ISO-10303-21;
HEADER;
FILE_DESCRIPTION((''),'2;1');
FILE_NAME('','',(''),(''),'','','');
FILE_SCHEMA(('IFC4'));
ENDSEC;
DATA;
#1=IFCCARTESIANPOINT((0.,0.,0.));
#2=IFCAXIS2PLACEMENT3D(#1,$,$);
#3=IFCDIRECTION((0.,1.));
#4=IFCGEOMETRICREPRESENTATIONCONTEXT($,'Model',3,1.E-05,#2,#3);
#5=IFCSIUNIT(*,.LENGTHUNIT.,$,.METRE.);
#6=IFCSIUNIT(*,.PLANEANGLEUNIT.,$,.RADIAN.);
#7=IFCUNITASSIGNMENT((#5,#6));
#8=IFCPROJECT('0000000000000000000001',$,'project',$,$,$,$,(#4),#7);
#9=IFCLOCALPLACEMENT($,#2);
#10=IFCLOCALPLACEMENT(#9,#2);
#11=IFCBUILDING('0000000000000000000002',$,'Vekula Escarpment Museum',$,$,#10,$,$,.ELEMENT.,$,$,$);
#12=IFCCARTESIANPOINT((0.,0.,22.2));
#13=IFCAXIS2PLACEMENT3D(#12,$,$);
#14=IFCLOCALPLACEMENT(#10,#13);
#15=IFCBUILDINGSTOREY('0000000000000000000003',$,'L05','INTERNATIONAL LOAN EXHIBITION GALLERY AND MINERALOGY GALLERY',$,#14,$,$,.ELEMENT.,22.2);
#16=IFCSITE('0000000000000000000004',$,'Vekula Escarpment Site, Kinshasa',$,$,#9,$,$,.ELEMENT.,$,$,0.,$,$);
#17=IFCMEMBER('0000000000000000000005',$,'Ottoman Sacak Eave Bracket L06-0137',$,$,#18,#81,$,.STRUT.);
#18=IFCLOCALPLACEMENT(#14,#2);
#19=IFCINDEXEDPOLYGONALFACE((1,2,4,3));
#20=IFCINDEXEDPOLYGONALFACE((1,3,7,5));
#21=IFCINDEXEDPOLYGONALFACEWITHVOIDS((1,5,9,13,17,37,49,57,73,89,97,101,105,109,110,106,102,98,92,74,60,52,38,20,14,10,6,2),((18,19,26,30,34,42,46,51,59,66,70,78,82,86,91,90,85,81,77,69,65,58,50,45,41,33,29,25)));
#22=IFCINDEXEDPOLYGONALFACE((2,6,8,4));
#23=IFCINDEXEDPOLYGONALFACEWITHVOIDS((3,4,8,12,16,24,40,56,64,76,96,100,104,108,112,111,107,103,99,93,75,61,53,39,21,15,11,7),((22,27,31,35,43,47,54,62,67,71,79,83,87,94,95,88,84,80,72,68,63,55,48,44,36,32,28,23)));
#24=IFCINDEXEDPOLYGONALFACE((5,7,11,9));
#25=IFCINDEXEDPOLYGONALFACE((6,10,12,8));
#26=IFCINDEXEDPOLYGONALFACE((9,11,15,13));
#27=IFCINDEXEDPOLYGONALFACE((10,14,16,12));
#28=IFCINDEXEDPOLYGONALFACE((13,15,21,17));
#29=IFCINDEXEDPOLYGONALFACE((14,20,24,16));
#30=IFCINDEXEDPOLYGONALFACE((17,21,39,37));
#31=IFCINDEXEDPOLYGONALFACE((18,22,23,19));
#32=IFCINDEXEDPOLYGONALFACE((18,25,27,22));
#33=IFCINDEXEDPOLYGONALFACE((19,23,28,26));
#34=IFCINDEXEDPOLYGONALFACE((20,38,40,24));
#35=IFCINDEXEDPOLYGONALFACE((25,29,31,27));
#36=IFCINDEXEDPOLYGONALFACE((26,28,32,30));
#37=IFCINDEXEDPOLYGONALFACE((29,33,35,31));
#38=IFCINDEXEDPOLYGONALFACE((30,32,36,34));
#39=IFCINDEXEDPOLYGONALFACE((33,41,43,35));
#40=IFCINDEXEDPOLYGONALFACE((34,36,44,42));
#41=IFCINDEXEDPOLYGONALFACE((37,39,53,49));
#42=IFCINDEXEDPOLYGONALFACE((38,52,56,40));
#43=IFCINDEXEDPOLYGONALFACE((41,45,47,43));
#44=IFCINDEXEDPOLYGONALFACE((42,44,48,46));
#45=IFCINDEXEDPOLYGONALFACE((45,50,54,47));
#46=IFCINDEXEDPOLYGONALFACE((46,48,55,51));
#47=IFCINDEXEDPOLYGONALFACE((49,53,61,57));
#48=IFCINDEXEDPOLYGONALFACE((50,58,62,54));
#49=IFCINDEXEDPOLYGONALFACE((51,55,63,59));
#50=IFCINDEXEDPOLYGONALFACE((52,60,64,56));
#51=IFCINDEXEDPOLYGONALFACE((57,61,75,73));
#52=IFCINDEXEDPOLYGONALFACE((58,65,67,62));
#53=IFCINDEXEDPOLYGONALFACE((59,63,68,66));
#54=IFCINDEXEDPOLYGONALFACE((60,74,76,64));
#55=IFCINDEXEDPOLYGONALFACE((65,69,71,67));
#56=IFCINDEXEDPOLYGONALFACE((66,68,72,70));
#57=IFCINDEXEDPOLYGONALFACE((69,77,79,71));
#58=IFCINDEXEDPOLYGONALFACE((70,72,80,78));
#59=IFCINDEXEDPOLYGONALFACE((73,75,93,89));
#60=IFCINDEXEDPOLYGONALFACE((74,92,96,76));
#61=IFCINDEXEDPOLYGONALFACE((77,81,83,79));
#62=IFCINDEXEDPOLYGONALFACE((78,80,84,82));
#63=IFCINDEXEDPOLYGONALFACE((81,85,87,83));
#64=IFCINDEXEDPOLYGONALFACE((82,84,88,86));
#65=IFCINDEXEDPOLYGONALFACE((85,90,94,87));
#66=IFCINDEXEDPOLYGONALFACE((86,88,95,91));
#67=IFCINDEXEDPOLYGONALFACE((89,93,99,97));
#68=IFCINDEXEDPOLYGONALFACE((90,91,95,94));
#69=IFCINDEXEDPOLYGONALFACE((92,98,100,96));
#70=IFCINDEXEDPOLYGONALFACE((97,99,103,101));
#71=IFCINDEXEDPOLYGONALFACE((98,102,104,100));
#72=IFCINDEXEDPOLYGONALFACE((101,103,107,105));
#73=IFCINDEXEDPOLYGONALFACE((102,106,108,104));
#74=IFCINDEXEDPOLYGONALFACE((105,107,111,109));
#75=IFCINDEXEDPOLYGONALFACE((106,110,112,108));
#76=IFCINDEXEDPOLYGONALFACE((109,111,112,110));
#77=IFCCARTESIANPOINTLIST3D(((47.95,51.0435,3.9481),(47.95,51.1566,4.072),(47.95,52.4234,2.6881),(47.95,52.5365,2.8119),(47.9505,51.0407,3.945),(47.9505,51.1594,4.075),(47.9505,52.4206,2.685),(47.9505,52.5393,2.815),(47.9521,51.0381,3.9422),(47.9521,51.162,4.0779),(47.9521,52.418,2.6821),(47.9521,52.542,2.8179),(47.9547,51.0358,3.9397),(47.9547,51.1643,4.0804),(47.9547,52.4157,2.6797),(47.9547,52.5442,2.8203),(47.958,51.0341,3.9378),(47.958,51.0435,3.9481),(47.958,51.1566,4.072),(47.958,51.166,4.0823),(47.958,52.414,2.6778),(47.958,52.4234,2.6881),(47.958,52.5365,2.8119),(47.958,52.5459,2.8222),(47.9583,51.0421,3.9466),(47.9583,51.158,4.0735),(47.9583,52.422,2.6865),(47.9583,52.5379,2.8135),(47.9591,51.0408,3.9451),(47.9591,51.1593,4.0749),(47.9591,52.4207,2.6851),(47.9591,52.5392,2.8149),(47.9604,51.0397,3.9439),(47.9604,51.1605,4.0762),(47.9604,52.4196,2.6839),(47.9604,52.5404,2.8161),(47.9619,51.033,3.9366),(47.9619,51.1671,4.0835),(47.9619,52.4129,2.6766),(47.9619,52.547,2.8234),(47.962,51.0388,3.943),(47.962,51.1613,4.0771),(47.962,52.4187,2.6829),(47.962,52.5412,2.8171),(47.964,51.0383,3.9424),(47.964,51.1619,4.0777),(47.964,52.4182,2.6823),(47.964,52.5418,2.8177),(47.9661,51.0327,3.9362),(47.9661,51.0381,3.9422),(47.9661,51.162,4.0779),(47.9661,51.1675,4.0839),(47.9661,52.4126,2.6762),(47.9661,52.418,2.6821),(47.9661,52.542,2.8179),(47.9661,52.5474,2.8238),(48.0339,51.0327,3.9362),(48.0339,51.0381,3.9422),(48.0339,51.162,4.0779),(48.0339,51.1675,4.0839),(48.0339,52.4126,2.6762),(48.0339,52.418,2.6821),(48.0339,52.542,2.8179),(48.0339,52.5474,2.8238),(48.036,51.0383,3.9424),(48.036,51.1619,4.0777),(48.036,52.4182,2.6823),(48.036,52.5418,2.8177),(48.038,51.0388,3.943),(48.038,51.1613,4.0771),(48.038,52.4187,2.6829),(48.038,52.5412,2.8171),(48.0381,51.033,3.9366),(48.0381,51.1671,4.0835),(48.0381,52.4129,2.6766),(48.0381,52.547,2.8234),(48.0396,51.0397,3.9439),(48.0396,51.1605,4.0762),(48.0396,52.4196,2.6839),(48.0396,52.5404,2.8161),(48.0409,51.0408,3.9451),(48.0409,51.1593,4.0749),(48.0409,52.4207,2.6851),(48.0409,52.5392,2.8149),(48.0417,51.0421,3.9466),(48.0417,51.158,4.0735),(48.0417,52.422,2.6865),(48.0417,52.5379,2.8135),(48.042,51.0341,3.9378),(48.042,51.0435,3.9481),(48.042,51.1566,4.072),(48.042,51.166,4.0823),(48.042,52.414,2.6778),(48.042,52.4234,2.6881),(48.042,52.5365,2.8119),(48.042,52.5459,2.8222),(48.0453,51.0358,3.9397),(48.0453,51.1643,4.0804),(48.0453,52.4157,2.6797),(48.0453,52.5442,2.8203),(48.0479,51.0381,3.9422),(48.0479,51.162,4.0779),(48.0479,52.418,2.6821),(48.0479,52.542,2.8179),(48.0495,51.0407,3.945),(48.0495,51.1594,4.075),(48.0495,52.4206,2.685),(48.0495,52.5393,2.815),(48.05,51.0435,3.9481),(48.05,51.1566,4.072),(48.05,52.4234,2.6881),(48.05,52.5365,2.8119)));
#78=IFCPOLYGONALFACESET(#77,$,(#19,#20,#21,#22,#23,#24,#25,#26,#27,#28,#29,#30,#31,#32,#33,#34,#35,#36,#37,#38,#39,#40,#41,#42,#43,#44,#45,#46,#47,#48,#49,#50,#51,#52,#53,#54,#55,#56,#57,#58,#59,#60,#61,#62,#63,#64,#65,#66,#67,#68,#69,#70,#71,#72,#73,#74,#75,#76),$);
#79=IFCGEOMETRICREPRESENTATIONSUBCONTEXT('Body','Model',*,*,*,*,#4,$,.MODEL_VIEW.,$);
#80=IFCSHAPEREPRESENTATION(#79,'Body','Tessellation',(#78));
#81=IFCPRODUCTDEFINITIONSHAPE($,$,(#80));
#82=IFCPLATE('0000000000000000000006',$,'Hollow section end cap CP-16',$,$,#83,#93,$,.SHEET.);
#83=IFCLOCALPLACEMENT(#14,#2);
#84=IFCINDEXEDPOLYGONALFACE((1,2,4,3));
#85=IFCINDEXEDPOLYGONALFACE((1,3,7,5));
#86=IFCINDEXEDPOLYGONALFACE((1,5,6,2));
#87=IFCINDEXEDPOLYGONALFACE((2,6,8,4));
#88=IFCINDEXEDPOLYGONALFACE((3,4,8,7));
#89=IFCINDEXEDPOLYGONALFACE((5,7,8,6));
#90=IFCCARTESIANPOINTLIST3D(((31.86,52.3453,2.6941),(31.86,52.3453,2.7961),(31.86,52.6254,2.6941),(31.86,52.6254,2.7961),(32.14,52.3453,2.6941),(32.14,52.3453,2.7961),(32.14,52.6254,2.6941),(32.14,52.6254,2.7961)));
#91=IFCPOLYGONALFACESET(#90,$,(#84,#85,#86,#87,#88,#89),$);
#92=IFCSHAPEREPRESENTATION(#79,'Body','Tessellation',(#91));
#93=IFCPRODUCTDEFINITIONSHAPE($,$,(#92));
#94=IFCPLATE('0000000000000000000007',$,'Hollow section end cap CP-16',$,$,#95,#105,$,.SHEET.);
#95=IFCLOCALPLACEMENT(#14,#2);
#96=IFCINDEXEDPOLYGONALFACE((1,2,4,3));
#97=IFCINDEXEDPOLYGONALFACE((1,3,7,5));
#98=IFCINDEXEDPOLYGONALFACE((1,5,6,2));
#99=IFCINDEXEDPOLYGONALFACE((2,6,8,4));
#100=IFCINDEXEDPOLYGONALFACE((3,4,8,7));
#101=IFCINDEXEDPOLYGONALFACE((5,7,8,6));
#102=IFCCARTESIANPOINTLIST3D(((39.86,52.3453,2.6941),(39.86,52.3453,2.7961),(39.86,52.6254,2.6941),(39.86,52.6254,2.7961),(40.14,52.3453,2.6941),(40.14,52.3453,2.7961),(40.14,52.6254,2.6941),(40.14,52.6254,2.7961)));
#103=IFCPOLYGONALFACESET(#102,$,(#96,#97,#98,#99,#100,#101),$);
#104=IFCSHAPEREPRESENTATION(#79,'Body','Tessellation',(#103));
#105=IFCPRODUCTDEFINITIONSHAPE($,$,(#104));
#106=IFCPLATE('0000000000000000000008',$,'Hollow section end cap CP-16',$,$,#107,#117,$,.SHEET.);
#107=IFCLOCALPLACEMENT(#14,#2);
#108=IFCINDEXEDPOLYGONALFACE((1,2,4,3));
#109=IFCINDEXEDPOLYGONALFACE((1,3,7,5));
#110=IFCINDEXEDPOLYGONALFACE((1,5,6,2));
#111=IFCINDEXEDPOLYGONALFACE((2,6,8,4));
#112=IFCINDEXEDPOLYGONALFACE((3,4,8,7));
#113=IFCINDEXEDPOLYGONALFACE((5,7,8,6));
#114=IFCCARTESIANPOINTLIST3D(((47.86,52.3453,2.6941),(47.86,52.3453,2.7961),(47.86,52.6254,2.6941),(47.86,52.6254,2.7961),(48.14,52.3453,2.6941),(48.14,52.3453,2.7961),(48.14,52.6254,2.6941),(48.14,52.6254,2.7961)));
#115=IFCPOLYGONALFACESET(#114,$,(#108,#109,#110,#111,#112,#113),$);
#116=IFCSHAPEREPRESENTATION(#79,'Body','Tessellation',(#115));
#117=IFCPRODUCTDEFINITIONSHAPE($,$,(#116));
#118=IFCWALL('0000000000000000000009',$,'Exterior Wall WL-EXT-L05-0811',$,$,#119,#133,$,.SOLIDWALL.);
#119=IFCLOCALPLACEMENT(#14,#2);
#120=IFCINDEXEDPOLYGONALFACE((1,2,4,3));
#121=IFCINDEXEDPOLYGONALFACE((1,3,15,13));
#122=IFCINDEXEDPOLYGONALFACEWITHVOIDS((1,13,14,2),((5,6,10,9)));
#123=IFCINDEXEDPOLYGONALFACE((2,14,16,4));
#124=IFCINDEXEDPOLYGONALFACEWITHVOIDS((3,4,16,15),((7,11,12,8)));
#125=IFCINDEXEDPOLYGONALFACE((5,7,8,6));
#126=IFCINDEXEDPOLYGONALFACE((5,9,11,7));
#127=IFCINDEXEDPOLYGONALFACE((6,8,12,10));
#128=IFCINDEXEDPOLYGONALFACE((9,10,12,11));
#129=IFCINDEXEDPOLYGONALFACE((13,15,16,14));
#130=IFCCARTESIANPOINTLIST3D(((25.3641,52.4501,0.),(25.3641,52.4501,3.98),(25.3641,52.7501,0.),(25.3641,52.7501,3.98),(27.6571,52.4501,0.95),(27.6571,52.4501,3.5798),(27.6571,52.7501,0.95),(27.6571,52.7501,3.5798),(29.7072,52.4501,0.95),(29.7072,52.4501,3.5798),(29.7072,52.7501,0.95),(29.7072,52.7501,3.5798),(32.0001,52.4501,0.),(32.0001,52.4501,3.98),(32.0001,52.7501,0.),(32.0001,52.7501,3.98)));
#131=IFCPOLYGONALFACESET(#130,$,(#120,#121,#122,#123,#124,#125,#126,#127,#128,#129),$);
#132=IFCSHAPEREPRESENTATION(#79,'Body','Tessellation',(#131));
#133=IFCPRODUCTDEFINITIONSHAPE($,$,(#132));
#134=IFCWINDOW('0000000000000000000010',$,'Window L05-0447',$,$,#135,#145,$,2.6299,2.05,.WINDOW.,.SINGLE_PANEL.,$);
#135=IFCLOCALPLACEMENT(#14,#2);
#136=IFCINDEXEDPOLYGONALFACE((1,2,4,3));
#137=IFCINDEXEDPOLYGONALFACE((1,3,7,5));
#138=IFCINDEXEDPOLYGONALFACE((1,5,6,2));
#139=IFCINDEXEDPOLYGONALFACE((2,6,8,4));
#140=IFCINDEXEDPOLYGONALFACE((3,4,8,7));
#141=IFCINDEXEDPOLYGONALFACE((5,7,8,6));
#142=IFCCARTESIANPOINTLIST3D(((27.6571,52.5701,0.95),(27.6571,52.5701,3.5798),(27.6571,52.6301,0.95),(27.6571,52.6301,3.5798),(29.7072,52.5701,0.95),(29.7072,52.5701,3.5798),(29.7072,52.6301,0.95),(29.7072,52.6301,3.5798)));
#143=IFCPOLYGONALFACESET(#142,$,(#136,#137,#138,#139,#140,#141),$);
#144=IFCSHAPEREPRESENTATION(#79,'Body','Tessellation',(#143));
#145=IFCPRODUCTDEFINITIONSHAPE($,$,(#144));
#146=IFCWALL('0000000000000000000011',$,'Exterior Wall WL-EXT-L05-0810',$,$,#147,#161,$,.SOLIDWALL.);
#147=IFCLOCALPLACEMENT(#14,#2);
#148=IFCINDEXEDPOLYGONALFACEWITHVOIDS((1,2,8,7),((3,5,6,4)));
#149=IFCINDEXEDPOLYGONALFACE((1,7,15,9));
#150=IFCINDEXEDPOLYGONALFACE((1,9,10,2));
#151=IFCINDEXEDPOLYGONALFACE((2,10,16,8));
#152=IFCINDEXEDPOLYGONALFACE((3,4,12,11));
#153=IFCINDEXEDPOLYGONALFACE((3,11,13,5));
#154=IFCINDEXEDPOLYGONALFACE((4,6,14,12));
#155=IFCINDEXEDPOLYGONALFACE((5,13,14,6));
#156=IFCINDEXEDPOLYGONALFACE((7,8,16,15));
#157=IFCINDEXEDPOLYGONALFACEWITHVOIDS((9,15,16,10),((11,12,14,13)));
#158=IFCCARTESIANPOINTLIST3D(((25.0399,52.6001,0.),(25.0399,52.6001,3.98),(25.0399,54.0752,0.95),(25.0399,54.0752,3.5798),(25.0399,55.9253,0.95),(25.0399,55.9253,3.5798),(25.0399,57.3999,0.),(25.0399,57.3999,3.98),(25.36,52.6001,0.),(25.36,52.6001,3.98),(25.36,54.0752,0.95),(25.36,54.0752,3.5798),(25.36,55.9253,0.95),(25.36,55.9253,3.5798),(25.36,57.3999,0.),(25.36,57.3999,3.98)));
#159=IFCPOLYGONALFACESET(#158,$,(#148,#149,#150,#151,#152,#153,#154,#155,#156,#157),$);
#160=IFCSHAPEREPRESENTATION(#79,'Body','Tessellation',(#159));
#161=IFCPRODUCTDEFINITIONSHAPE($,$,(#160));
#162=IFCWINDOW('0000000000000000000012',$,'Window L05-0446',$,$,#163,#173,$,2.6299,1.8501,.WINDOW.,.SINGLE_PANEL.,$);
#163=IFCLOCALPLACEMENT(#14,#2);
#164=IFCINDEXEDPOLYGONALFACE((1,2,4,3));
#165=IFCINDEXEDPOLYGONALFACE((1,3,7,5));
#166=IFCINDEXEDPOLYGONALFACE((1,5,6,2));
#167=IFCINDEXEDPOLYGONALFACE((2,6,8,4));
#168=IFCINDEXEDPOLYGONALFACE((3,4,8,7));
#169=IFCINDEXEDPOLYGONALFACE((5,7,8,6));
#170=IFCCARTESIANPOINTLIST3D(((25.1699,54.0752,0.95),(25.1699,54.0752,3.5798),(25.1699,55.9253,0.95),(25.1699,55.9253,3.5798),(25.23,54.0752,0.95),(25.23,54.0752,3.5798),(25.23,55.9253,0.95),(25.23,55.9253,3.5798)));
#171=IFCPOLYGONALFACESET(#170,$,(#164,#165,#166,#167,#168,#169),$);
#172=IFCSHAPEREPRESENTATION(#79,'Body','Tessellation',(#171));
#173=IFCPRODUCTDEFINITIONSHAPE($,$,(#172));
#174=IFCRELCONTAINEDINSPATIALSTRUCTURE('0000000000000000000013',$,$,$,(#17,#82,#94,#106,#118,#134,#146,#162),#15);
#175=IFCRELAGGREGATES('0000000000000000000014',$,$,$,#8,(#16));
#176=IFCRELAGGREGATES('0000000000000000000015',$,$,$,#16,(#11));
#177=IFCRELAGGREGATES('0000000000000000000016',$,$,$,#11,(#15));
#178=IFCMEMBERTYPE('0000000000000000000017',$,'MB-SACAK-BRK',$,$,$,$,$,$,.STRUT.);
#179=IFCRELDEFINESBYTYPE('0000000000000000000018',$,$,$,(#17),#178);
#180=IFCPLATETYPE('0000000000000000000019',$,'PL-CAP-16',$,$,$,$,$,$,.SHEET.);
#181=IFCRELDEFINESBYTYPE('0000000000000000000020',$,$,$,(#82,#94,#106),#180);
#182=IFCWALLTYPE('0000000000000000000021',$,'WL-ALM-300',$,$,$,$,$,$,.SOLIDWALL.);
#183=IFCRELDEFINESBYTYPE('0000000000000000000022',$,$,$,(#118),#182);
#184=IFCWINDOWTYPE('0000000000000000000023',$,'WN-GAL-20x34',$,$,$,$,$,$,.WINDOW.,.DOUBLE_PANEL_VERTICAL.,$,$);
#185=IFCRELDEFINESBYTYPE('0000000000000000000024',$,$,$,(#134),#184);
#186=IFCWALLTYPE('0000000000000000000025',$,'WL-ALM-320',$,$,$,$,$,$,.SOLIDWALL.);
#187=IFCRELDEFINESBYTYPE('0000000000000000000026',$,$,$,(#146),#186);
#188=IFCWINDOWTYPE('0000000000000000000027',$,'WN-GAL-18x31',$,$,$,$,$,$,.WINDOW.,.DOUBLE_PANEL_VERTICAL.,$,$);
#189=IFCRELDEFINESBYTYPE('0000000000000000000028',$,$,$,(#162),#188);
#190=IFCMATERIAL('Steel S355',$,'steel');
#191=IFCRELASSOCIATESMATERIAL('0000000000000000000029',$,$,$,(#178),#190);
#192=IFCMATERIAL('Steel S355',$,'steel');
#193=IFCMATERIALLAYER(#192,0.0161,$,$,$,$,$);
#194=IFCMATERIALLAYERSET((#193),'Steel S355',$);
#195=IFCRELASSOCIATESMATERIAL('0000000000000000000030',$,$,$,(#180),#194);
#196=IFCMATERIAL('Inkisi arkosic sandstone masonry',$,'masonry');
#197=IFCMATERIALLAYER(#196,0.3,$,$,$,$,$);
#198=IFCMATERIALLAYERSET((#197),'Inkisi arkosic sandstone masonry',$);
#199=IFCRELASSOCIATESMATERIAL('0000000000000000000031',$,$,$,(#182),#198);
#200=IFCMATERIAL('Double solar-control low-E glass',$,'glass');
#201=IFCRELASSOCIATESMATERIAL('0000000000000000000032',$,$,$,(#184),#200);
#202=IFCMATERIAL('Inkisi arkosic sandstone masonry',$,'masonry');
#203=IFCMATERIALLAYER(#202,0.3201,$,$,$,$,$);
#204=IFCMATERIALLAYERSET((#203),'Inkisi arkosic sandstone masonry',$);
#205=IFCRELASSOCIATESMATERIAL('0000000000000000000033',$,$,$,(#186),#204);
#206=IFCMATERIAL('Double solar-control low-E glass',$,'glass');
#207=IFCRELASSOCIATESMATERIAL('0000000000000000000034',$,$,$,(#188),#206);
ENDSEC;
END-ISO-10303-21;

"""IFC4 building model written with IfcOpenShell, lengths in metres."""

from ifc_helpers import new_model, si_unit, direction, frame, frame_2d, origin, origin_2d, place, context, subcontext, project, spatial, rectangle, hollow_rectangle, extrude, material, layer, layer_set, material_profile, profile_set, type_object, element, fill, save


model = new_model("IFC4")

# Units and contexts
model_context = context("Model", 3, precision=1e-05, world=origin(), true_north=direction((0.0, 1.0)))
body_context = subcontext(model_context, "Body", "Model", "MODEL_VIEW")
ifc_project = project(units=[si_unit("LENGTHUNIT", "METRE"), si_unit("PLANEANGLEUNIT", "RADIAN")], contexts=[model_context])

# Site, building, storey
site_placement = place(None, origin())
site = spatial("IfcSite", under=ifc_project, at=site_placement, Name="Vekula Escarpment Site, Kinshasa", CompositionType="ELEMENT", RefElevation=0.0)
building_placement = place(site_placement, origin())
building = spatial("IfcBuilding", under=site, at=building_placement, Name="Vekula Escarpment Museum", CompositionType="ELEMENT")
storey_placement = place(building_placement, frame((0.0, 0.0, 22.2)))
storey = spatial("IfcBuildingStorey", under=building, at=storey_placement, Name="L05", Description="INTERNATIONAL LOAN EXHIBITION GALLERY AND MINERALOGY GALLERY", CompositionType="ELEMENT", Elevation=22.2)

# Member
ifc_material_1 = material(Name="Steel S355", Category="steel")
ifc_material_profile_1 = material_profile(ifc_material_1, hollow_rectangle(XDim=0.1001, YDim=0.2, WallThickness=0.0081, InnerFilletRadius=0.0081, OuterFilletRadius=0.0161, at=origin_2d()), Name="RHS 200x100x8")
ifc_profile_set_1 = profile_set([ifc_material_profile_1], Name="Steel S355")
member_type = type_object("IfcMemberType", Name="MB-SACAK-BRK", PredefinedType="STRUT", material=ifc_profile_set_1)
member_placement = place(storey_placement, frame((48.0, 52.48, 2.75), z_axis=(0.0, -0.738454, 0.674303), x_axis=(1.0, 0.0, 0.0)))
element("IfcMember", 1, at=member_placement, inside=storey, type_object=member_type, Name="Ottoman Sacak Eave Bracket L06-0137", PredefinedType="STRUT", context=body_context, shape_type="SweptSolid", body=[
    extrude(hollow_rectangle(XDim=0.1001, YDim=0.2, WallThickness=0.0081, InnerFilletRadius=0.0081, OuterFilletRadius=0.0161, at=origin_2d()), origin(), (0.0, 0.0, 1.0), 1.8687),
])

# Plates
ifc_material_2 = material(Name="Steel S355", Category="steel")
ifc_layer_1 = layer(ifc_material_2, 0.0161)
ifc_layer_set_1 = layer_set([ifc_layer_1], Name="Steel S355")
plate_type = type_object("IfcPlateType", Name="PL-CAP-16", PredefinedType="SHEET", material=ifc_layer_set_1)
for number, where, z_axis, x_axis, name in (
    (2, (32.0, 52.4854, 2.6941), (0.0, 0.0, 1.0), (1.0, 0.0, 0.0), "Hollow section end cap CP-16"),
    (3, (40.0, 52.4854, 2.6941), (0.0, 0.0, 1.0), (1.0, 0.0, 0.0), "Hollow section end cap CP-16"),
    (4, (48.0, 52.4854, 2.6941), (0.0, 0.0, 1.0), (1.0, 0.0, 0.0), "Hollow section end cap CP-16"),
):
    element("IfcPlate", number, at=place(storey_placement, frame(where, z_axis=z_axis, x_axis=x_axis)), inside=storey, type_object=plate_type, Name=name, PredefinedType="SHEET", context=body_context, shape_type="SweptSolid", body=[
        extrude(rectangle(XDim=0.28, YDim=0.28, at=origin_2d()), origin(), (0.0, 0.0, 1.0), 0.1021),
    ])

# Walls, openings, windows
ifc_material_3 = material(Name="Inkisi arkosic sandstone masonry", Category="masonry")
ifc_layer_2 = layer(ifc_material_3, 0.3)
ifc_layer_set_2 = layer_set([ifc_layer_2], Name="Inkisi arkosic sandstone masonry")
wall_type_1 = type_object("IfcWallType", Name="WL-ALM-300", PredefinedType="SOLIDWALL", material=ifc_layer_set_2)
wall_1_placement = place(storey_placement, frame((32.0, 52.6001, 0.0), z_axis=(0.0, 0.0, 1.0), x_axis=(-1.0, 0.0, 0.0)))
wall_1 = element("IfcWall", 5, at=wall_1_placement, inside=storey, type_object=wall_type_1, Name="Exterior Wall WL-EXT-L05-0811", PredefinedType="SOLIDWALL", context=body_context, shape_type="SweptSolid", body=[
    extrude(rectangle(XDim=6.636, YDim=0.3, at=frame_2d((3.3179, 0.0))), origin(), (0.0, 0.0, 1.0), 3.98),
])
opening_1_placement = place(wall_1_placement, frame((2.293, 0.0, 0.95)))
opening_1 = element("IfcOpeningElement", 6, at=opening_1_placement, cuts=wall_1, PredefinedType="OPENING", context=body_context, shape_type="SweptSolid", body=[
    extrude(rectangle(XDim=2.05, YDim=2.6299, at=frame_2d((1.0249, 1.3149))), frame((0.0, 0.1599, 0.0), z_axis=(0.0, -1.0, 0.0), x_axis=(1.0, 0.0, 0.0)), (0.0, 0.0, 1.0), 0.3201),
])
ifc_material_4 = material(Name="Double solar-control low-E glass", Category="glass")
window_type_1 = type_object("IfcWindowType", Name="WN-GAL-20x34", PartitioningType="DOUBLE_PANEL_VERTICAL", PredefinedType="WINDOW", material=ifc_material_4)
window_1_placement = place(opening_1_placement, origin())
window_1 = element("IfcWindow", 7, at=window_1_placement, inside=storey, type_object=window_type_1, Name="Window L05-0447", OverallHeight=2.6299, OverallWidth=2.05, PartitioningType="SINGLE_PANEL", PredefinedType="WINDOW", context=body_context, shape_type="SweptSolid", body=[
    extrude(rectangle(XDim=2.05, YDim=2.6299, at=frame_2d((1.0249, 1.3149))), frame((0.0, 0.03, 0.0), z_axis=(0.0, -1.0, 0.0), x_axis=(1.0, 0.0, 0.0)), (0.0, 0.0, 1.0), 0.0601),
])
fill(opening_1, window_1)
ifc_material_5 = material(Name="Inkisi arkosic sandstone masonry", Category="masonry")
ifc_layer_3 = layer(ifc_material_5, 0.3201)
ifc_layer_set_3 = layer_set([ifc_layer_3], Name="Inkisi arkosic sandstone masonry")
wall_type_2 = type_object("IfcWallType", Name="WL-ALM-320", PredefinedType="SOLIDWALL", material=ifc_layer_set_3)
wall_2_placement = place(storey_placement, frame((25.2, 52.6001, 0.0), z_axis=(0.0, 0.0, 1.0), x_axis=(0.0, 1.0, 0.0)))
wall_2 = element("IfcWall", 8, at=wall_2_placement, inside=storey, type_object=wall_type_2, Name="Exterior Wall WL-EXT-L05-0810", PredefinedType="SOLIDWALL", context=body_context, shape_type="SweptSolid", body=[
    extrude(rectangle(XDim=4.7998, YDim=0.3201, at=frame_2d((2.3999, 0.0))), origin(), (0.0, 0.0, 1.0), 3.98),
])
opening_2_placement = place(wall_2_placement, frame((1.4751, 0.0, 0.95)))
opening_2 = element("IfcOpeningElement", 9, at=opening_2_placement, cuts=wall_2, PredefinedType="OPENING", context=body_context, shape_type="SweptSolid", body=[
    extrude(rectangle(XDim=1.8501, YDim=2.6299, at=frame_2d((0.925, 1.3149))), frame((0.0, 0.1699, 0.0), z_axis=(0.0, -1.0, 0.0), x_axis=(1.0, 0.0, 0.0)), (0.0, 0.0, 1.0), 0.3401),
])
ifc_material_6 = material(Name="Double solar-control low-E glass", Category="glass")
window_type_2 = type_object("IfcWindowType", Name="WN-GAL-18x31", PartitioningType="DOUBLE_PANEL_VERTICAL", PredefinedType="WINDOW", material=ifc_material_6)
window_2_placement = place(opening_2_placement, origin())
window_2 = element("IfcWindow", 10, at=window_2_placement, inside=storey, type_object=window_type_2, Name="Window L05-0446", OverallHeight=2.6299, OverallWidth=1.8501, PartitioningType="SINGLE_PANEL", PredefinedType="WINDOW", context=body_context, shape_type="SweptSolid", body=[
    extrude(rectangle(XDim=1.8501, YDim=2.6299, at=frame_2d((0.925, 1.3149))), frame((0.0, 0.03, 0.0), z_axis=(0.0, -1.0, 0.0), x_axis=(1.0, 0.0, 0.0)), (0.0, 0.0, 1.0), 0.0601),
])
fill(opening_2, window_2)

save(model, "model.ifc")
